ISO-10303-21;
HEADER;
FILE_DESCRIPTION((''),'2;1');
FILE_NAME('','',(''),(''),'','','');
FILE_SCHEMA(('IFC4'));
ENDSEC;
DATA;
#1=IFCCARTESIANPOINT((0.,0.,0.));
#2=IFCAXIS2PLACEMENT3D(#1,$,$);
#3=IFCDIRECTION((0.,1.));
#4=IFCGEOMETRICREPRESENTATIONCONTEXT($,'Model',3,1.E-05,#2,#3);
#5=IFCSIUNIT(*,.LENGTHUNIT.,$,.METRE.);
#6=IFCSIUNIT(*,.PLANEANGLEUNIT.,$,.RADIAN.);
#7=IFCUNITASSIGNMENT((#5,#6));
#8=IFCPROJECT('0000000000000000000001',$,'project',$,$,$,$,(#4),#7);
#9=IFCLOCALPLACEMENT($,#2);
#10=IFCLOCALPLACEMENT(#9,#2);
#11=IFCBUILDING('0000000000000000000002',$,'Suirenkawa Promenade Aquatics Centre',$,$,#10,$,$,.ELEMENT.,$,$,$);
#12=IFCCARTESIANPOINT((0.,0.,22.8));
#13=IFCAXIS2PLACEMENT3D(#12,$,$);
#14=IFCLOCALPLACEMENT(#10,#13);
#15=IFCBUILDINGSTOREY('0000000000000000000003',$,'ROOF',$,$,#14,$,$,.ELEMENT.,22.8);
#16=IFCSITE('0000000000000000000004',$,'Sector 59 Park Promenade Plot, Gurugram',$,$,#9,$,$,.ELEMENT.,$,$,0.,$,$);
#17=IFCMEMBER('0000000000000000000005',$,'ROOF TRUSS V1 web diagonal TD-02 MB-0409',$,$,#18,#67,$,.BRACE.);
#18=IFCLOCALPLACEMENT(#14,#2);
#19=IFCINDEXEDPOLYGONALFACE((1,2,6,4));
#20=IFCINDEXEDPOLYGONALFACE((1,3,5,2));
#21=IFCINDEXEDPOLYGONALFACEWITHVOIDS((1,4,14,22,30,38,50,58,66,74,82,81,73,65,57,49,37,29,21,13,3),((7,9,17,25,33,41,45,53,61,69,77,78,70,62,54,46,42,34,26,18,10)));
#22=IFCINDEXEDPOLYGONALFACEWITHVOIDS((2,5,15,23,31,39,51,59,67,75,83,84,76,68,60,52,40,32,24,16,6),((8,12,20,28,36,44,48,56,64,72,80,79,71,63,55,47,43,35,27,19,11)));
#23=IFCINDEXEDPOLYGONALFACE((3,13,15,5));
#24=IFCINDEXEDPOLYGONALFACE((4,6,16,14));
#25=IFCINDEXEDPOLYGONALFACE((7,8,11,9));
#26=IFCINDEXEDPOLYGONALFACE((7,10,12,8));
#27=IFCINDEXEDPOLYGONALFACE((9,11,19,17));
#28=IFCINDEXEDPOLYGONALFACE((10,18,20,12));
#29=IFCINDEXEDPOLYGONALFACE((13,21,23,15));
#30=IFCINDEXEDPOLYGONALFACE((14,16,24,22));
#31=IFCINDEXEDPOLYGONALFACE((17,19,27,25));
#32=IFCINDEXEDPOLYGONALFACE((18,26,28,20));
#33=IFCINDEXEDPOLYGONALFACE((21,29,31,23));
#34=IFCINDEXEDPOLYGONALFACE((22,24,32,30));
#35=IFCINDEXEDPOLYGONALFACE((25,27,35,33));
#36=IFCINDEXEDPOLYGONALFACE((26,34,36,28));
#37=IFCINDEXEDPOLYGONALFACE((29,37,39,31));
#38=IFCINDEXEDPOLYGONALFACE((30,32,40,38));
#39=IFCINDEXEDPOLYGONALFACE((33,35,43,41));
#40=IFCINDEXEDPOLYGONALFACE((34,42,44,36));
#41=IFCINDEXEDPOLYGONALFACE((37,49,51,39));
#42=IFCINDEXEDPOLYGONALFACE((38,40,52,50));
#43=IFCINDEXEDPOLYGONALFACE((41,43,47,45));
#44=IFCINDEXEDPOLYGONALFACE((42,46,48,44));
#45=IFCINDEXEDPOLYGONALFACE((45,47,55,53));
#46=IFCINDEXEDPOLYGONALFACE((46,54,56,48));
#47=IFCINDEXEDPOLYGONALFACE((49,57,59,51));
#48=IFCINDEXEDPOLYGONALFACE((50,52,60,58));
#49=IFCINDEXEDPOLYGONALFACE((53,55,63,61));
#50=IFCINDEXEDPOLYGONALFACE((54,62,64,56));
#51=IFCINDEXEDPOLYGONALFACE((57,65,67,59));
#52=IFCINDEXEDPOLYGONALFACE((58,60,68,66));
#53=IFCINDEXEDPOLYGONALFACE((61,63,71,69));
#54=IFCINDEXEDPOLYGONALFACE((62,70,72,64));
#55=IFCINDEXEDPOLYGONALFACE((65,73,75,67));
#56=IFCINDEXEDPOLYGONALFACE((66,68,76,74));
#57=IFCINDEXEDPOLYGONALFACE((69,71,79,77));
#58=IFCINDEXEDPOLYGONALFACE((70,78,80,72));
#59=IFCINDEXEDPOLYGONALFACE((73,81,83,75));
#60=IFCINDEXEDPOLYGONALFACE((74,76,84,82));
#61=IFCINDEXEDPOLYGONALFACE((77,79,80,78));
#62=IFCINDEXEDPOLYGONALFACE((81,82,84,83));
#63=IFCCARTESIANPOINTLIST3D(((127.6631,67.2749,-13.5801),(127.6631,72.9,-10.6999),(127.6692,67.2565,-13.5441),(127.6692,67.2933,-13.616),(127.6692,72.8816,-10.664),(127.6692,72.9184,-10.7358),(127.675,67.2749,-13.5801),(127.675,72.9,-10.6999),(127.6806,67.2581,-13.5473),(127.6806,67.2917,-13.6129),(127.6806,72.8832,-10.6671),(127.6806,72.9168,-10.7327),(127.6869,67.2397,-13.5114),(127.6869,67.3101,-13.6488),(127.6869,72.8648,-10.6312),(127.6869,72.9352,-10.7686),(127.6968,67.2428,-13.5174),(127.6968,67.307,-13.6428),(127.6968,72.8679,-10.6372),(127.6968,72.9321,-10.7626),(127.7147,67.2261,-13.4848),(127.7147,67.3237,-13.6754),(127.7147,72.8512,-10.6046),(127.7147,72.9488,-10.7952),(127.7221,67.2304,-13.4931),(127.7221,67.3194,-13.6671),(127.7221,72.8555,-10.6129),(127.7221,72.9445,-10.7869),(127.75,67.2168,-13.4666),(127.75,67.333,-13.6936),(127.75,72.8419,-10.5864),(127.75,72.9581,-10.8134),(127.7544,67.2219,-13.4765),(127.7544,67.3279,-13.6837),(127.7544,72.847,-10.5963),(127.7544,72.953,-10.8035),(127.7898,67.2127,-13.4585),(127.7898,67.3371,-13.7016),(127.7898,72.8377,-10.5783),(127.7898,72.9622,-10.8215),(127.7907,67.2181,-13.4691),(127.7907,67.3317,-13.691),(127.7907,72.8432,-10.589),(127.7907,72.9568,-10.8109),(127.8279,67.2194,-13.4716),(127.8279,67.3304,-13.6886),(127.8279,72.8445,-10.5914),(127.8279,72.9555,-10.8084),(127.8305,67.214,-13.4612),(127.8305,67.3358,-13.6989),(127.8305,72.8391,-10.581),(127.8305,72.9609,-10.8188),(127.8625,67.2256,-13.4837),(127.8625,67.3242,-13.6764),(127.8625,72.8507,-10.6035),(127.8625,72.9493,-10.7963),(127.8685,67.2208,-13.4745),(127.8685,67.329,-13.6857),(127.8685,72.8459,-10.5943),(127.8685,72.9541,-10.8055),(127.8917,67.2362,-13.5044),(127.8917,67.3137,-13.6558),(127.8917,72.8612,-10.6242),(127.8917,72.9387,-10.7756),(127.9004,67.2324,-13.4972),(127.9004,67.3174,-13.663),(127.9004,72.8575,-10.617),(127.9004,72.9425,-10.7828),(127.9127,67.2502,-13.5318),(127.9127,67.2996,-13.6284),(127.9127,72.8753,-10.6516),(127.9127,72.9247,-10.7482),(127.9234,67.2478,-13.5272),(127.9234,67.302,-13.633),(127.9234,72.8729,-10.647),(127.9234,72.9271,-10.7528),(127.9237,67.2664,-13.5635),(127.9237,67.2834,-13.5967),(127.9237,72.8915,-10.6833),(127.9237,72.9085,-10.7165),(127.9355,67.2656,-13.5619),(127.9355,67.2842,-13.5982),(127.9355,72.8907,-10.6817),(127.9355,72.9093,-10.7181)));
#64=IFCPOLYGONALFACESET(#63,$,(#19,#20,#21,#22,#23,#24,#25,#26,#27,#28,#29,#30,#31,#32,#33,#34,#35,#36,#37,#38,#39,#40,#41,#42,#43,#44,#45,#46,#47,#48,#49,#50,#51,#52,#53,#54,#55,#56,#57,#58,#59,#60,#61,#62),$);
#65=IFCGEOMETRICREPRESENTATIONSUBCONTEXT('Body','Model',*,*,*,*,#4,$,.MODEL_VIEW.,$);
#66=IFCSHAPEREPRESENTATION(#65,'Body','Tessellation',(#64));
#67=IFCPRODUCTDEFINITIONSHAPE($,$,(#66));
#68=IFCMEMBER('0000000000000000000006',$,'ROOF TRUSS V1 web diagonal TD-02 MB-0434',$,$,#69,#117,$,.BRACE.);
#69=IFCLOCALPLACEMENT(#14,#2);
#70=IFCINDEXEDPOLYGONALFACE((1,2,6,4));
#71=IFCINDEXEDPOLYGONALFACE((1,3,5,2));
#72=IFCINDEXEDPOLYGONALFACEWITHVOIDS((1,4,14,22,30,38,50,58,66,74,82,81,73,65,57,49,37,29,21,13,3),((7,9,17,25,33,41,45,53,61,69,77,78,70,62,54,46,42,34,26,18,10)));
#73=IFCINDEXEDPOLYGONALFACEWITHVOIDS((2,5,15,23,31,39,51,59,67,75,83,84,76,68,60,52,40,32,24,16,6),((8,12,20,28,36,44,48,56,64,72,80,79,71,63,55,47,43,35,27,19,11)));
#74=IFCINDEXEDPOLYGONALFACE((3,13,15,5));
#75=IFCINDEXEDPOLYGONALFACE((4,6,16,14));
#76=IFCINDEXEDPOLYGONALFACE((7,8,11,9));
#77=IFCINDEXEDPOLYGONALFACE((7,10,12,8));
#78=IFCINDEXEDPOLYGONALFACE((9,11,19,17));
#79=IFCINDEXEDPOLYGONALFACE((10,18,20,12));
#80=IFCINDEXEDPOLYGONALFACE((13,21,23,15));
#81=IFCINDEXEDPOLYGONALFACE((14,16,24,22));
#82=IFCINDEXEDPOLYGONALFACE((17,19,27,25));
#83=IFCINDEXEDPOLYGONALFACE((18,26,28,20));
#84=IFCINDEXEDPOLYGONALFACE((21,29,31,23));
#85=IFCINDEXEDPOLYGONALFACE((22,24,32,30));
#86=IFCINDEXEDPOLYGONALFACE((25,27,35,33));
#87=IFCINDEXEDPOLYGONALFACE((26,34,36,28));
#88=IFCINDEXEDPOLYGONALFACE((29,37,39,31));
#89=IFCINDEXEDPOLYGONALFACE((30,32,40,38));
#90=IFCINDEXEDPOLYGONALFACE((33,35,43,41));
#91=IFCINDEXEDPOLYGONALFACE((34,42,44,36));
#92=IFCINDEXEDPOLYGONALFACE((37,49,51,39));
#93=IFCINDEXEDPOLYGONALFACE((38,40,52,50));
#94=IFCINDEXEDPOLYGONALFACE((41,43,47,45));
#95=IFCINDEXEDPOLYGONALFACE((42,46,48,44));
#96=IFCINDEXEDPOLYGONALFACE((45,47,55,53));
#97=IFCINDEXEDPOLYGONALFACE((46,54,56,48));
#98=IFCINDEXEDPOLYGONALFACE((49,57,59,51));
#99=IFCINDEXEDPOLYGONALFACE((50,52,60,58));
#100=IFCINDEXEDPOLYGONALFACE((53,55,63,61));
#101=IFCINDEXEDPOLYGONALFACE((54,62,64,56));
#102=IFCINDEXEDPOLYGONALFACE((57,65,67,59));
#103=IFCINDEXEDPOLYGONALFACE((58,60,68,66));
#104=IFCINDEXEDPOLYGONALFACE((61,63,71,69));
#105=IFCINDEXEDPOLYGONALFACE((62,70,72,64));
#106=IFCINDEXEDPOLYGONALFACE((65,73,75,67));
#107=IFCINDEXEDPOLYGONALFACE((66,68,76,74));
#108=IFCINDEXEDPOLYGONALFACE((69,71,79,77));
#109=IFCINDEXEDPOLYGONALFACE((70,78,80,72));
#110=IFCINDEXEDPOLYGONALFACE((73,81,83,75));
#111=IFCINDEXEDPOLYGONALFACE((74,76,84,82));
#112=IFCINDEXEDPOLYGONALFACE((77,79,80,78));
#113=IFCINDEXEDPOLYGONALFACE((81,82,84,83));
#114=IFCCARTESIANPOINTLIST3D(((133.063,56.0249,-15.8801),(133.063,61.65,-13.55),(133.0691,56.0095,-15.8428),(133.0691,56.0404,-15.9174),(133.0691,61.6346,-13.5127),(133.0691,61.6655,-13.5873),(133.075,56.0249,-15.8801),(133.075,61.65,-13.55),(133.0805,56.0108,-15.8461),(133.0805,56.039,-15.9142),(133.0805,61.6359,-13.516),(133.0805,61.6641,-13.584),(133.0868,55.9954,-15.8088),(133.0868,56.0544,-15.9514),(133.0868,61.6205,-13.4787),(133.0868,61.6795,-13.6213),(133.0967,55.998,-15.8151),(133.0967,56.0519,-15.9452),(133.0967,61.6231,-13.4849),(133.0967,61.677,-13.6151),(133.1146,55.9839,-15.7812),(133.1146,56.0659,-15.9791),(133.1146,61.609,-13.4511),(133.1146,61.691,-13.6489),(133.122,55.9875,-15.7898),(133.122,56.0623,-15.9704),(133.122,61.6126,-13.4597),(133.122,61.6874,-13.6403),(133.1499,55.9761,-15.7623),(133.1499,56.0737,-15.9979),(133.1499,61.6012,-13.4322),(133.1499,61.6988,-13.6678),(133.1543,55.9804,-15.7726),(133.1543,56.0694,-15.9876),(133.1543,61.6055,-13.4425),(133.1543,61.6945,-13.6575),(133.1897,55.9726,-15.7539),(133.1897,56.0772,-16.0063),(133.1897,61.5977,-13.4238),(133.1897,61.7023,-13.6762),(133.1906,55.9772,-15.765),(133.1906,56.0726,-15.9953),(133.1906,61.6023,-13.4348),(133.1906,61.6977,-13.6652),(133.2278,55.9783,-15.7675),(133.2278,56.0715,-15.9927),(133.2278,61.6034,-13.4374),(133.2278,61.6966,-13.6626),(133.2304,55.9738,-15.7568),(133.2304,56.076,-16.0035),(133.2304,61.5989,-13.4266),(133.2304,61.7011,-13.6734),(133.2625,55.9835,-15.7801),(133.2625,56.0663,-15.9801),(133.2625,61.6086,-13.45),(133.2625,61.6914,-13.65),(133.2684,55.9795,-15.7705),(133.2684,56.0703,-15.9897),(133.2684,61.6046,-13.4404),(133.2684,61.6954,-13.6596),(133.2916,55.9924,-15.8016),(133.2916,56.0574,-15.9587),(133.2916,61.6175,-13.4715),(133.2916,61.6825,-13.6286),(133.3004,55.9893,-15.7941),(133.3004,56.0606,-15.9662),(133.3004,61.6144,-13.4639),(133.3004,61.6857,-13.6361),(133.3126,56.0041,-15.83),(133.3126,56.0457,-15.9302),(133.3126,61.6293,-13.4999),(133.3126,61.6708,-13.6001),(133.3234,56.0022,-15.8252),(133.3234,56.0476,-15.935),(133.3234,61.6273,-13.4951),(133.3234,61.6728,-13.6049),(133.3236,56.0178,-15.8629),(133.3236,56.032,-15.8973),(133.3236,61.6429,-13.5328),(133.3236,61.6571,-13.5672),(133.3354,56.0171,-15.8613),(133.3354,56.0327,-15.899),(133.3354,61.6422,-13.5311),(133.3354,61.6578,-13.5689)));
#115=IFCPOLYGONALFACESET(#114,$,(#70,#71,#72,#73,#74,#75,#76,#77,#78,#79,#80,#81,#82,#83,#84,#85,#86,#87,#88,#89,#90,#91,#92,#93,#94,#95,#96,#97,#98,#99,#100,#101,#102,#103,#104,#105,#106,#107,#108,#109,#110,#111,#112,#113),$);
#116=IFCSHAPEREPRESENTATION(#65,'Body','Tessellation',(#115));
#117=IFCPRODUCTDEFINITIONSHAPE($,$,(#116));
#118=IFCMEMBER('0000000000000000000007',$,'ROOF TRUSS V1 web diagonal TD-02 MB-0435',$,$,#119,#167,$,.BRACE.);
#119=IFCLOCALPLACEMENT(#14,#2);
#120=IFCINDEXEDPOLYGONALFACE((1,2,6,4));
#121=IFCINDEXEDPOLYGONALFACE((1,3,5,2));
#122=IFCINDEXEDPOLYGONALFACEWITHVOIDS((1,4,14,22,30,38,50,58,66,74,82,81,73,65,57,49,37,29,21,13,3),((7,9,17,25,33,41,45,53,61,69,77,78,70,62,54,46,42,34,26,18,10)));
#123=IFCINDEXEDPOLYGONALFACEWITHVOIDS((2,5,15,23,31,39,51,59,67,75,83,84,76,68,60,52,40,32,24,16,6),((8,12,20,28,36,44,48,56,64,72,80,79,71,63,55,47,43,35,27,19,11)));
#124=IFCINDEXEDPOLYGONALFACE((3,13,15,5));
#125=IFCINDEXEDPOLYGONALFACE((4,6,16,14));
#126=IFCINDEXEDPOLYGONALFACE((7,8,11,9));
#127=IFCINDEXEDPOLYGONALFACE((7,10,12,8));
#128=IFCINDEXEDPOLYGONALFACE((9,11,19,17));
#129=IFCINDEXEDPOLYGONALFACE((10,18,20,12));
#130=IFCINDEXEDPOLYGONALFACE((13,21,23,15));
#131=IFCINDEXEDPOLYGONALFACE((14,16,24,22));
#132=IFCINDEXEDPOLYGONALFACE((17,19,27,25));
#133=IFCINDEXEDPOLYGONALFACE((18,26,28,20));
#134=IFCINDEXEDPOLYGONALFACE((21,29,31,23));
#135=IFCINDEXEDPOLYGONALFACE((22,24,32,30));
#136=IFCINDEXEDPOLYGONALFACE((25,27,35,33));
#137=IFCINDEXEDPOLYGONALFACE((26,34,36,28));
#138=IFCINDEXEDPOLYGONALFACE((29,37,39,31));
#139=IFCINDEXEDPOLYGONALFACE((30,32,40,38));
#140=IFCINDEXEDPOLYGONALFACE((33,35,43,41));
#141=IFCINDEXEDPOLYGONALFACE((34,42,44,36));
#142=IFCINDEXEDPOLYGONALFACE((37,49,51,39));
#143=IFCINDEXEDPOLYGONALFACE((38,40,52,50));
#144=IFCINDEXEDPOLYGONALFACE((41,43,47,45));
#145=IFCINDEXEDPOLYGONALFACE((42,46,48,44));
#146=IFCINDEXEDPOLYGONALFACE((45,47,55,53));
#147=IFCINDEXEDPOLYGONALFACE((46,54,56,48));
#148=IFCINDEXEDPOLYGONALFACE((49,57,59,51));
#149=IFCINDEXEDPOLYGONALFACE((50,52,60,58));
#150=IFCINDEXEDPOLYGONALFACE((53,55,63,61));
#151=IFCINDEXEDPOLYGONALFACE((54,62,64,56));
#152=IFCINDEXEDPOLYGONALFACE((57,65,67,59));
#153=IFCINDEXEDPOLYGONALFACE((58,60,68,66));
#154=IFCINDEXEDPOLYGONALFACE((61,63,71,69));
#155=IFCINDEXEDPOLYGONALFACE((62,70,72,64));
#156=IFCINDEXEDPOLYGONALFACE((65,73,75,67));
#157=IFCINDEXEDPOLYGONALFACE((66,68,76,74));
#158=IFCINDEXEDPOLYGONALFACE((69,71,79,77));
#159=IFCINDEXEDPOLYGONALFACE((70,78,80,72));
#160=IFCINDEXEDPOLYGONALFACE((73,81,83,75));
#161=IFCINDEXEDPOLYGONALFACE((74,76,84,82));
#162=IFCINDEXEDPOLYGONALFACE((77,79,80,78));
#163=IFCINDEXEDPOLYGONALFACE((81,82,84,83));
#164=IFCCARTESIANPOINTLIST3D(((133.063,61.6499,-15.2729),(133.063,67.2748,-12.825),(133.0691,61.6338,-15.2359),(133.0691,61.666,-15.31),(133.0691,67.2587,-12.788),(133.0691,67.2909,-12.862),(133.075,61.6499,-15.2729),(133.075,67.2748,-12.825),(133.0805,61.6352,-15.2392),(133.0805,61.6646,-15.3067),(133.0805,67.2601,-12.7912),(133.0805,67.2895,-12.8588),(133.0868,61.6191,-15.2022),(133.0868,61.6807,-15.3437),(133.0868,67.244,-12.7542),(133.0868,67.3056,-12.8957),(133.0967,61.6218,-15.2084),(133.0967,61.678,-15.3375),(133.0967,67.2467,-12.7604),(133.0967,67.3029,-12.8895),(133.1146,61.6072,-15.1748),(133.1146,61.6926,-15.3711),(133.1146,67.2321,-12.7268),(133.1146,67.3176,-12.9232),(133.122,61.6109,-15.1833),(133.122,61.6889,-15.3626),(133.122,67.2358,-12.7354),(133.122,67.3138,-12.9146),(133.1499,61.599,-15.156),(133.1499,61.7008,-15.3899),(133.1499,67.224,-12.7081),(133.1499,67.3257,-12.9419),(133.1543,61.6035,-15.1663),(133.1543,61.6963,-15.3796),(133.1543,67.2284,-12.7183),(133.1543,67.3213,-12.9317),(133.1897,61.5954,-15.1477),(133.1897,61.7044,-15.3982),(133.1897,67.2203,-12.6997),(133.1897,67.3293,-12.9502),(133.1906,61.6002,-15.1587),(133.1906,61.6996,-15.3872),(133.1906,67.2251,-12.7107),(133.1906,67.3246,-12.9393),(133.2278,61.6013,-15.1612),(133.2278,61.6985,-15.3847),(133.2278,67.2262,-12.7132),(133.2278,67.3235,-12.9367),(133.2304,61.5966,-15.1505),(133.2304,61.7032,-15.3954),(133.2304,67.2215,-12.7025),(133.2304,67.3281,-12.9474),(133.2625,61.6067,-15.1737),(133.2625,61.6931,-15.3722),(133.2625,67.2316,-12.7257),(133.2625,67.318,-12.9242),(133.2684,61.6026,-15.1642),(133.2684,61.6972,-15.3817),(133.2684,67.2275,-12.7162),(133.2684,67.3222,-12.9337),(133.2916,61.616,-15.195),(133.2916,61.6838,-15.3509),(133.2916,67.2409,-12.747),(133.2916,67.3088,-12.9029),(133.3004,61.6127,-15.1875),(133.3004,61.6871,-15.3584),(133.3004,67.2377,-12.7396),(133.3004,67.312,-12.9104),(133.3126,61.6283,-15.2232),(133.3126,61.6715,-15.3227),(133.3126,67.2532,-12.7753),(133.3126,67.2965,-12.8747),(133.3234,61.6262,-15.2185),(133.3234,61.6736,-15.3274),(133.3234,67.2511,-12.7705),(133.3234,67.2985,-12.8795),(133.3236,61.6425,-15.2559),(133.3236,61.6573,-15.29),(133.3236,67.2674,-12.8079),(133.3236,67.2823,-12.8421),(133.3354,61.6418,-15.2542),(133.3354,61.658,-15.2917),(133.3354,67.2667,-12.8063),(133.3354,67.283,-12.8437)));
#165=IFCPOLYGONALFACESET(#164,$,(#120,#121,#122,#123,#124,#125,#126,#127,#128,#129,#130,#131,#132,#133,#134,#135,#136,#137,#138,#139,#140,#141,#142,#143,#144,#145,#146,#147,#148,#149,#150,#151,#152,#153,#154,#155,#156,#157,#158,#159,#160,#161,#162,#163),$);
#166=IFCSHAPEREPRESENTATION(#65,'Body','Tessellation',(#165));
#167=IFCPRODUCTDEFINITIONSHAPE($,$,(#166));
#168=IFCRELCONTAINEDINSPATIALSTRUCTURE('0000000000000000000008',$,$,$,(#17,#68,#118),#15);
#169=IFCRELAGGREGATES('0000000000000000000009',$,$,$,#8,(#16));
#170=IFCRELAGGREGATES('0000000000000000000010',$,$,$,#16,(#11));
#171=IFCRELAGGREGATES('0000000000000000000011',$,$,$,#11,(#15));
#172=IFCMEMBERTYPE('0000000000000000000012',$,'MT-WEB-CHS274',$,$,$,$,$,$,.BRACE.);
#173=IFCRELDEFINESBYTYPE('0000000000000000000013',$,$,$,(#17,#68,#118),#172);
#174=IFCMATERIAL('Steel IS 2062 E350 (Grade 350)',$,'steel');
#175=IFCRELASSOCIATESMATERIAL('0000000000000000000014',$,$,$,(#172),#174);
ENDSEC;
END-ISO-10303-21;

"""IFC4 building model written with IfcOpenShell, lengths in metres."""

from ifc_helpers import new_model, si_unit, direction, frame, origin, origin_2d, place, context, subcontext, project, spatial, hollow_circle, extrude, material, material_profile, profile_set, type_object, element, save


model = new_model("IFC4")

# Units and contexts
model_context = context("Model", 3, precision=1e-05, world=origin(), true_north=direction((0.0, 1.0)))
body_context = subcontext(model_context, "Body", "Model", "MODEL_VIEW")
ifc_project = project(units=[si_unit("LENGTHUNIT", "METRE"), si_unit("PLANEANGLEUNIT", "RADIAN")], contexts=[model_context])

# Site, building, storey
site_placement = place(None, origin())
site = spatial("IfcSite", under=ifc_project, at=site_placement, Name="Sector 59 Park Promenade Plot, Gurugram", CompositionType="ELEMENT", RefElevation=0.0)
building_placement = place(site_placement, origin())
building = spatial("IfcBuilding", under=site, at=building_placement, Name="Suirenkawa Promenade Aquatics Centre", CompositionType="ELEMENT")
storey_placement = place(building_placement, frame((0.0, 0.0, 22.8)))
storey = spatial("IfcBuildingStorey", under=building, at=storey_placement, Name="ROOF", CompositionType="ELEMENT", Elevation=22.8)

# Shared definitions
ifc_material = material(Name="Steel IS 2062 E350 (Grade 350)", Category="steel")

# Members
ifc_material_profile_1 = material_profile(ifc_material, hollow_circle(Radius=0.137, WallThickness=0.012, at=origin_2d()), Name="CHS 274x12", Category="steel")
ifc_profile_set_1 = profile_set([ifc_material_profile_1], Name="Steel IS 2062 E350 (Grade 350)")
member_type_1 = type_object("IfcMemberType", Name="MT-WEB-CHS274", PredefinedType="BRACE", material=ifc_profile_set_1)
member_1_placement = place(storey_placement, frame((127.8, 67.2749, -13.5801), z_axis=(0.0, 0.890106, 0.455754), x_axis=(-1.0, 0.0, 0.0)))
element("IfcMember", 1, at=member_1_placement, inside=storey, type_object=member_type_1, Name="ROOF TRUSS V1 web diagonal TD-02 MB-0409", PredefinedType="BRACE", context=body_context, shape_type="SweptSolid", body=[
    extrude(hollow_circle(Radius=0.137, WallThickness=0.012, at=origin_2d()), origin(), (0.0, 0.0, 1.0), 6.3196),
])
member_2_placement = place(storey_placement, frame((133.2, 56.0249, -15.8801), z_axis=(0.0, 0.923872, 0.382701), x_axis=(-1.0, 0.0, 0.0)))
element("IfcMember", 2, at=member_2_placement, inside=storey, type_object=member_type_1, Name="ROOF TRUSS V1 web diagonal TD-02 MB-0434", PredefinedType="BRACE", context=body_context, shape_type="SweptSolid", body=[
    extrude(hollow_circle(Radius=0.137, WallThickness=0.012, at=origin_2d()), origin(), (0.0, 0.0, 1.0), 6.0886),
])
member_3_placement = place(storey_placement, frame((133.2, 61.6499, -15.2729), z_axis=(0.0, 0.91693, 0.399048), x_axis=(-1.0, 0.0, 0.0)))
element("IfcMember", 3, at=member_3_placement, inside=storey, type_object=member_type_1, Name="ROOF TRUSS V1 web diagonal TD-02 MB-0435", PredefinedType="BRACE", context=body_context, shape_type="SweptSolid", body=[
    extrude(hollow_circle(Radius=0.137, WallThickness=0.012, at=origin_2d()), origin(), (0.0, 0.0, 1.0), 6.1345),
])

save(model, "model.ifc")
